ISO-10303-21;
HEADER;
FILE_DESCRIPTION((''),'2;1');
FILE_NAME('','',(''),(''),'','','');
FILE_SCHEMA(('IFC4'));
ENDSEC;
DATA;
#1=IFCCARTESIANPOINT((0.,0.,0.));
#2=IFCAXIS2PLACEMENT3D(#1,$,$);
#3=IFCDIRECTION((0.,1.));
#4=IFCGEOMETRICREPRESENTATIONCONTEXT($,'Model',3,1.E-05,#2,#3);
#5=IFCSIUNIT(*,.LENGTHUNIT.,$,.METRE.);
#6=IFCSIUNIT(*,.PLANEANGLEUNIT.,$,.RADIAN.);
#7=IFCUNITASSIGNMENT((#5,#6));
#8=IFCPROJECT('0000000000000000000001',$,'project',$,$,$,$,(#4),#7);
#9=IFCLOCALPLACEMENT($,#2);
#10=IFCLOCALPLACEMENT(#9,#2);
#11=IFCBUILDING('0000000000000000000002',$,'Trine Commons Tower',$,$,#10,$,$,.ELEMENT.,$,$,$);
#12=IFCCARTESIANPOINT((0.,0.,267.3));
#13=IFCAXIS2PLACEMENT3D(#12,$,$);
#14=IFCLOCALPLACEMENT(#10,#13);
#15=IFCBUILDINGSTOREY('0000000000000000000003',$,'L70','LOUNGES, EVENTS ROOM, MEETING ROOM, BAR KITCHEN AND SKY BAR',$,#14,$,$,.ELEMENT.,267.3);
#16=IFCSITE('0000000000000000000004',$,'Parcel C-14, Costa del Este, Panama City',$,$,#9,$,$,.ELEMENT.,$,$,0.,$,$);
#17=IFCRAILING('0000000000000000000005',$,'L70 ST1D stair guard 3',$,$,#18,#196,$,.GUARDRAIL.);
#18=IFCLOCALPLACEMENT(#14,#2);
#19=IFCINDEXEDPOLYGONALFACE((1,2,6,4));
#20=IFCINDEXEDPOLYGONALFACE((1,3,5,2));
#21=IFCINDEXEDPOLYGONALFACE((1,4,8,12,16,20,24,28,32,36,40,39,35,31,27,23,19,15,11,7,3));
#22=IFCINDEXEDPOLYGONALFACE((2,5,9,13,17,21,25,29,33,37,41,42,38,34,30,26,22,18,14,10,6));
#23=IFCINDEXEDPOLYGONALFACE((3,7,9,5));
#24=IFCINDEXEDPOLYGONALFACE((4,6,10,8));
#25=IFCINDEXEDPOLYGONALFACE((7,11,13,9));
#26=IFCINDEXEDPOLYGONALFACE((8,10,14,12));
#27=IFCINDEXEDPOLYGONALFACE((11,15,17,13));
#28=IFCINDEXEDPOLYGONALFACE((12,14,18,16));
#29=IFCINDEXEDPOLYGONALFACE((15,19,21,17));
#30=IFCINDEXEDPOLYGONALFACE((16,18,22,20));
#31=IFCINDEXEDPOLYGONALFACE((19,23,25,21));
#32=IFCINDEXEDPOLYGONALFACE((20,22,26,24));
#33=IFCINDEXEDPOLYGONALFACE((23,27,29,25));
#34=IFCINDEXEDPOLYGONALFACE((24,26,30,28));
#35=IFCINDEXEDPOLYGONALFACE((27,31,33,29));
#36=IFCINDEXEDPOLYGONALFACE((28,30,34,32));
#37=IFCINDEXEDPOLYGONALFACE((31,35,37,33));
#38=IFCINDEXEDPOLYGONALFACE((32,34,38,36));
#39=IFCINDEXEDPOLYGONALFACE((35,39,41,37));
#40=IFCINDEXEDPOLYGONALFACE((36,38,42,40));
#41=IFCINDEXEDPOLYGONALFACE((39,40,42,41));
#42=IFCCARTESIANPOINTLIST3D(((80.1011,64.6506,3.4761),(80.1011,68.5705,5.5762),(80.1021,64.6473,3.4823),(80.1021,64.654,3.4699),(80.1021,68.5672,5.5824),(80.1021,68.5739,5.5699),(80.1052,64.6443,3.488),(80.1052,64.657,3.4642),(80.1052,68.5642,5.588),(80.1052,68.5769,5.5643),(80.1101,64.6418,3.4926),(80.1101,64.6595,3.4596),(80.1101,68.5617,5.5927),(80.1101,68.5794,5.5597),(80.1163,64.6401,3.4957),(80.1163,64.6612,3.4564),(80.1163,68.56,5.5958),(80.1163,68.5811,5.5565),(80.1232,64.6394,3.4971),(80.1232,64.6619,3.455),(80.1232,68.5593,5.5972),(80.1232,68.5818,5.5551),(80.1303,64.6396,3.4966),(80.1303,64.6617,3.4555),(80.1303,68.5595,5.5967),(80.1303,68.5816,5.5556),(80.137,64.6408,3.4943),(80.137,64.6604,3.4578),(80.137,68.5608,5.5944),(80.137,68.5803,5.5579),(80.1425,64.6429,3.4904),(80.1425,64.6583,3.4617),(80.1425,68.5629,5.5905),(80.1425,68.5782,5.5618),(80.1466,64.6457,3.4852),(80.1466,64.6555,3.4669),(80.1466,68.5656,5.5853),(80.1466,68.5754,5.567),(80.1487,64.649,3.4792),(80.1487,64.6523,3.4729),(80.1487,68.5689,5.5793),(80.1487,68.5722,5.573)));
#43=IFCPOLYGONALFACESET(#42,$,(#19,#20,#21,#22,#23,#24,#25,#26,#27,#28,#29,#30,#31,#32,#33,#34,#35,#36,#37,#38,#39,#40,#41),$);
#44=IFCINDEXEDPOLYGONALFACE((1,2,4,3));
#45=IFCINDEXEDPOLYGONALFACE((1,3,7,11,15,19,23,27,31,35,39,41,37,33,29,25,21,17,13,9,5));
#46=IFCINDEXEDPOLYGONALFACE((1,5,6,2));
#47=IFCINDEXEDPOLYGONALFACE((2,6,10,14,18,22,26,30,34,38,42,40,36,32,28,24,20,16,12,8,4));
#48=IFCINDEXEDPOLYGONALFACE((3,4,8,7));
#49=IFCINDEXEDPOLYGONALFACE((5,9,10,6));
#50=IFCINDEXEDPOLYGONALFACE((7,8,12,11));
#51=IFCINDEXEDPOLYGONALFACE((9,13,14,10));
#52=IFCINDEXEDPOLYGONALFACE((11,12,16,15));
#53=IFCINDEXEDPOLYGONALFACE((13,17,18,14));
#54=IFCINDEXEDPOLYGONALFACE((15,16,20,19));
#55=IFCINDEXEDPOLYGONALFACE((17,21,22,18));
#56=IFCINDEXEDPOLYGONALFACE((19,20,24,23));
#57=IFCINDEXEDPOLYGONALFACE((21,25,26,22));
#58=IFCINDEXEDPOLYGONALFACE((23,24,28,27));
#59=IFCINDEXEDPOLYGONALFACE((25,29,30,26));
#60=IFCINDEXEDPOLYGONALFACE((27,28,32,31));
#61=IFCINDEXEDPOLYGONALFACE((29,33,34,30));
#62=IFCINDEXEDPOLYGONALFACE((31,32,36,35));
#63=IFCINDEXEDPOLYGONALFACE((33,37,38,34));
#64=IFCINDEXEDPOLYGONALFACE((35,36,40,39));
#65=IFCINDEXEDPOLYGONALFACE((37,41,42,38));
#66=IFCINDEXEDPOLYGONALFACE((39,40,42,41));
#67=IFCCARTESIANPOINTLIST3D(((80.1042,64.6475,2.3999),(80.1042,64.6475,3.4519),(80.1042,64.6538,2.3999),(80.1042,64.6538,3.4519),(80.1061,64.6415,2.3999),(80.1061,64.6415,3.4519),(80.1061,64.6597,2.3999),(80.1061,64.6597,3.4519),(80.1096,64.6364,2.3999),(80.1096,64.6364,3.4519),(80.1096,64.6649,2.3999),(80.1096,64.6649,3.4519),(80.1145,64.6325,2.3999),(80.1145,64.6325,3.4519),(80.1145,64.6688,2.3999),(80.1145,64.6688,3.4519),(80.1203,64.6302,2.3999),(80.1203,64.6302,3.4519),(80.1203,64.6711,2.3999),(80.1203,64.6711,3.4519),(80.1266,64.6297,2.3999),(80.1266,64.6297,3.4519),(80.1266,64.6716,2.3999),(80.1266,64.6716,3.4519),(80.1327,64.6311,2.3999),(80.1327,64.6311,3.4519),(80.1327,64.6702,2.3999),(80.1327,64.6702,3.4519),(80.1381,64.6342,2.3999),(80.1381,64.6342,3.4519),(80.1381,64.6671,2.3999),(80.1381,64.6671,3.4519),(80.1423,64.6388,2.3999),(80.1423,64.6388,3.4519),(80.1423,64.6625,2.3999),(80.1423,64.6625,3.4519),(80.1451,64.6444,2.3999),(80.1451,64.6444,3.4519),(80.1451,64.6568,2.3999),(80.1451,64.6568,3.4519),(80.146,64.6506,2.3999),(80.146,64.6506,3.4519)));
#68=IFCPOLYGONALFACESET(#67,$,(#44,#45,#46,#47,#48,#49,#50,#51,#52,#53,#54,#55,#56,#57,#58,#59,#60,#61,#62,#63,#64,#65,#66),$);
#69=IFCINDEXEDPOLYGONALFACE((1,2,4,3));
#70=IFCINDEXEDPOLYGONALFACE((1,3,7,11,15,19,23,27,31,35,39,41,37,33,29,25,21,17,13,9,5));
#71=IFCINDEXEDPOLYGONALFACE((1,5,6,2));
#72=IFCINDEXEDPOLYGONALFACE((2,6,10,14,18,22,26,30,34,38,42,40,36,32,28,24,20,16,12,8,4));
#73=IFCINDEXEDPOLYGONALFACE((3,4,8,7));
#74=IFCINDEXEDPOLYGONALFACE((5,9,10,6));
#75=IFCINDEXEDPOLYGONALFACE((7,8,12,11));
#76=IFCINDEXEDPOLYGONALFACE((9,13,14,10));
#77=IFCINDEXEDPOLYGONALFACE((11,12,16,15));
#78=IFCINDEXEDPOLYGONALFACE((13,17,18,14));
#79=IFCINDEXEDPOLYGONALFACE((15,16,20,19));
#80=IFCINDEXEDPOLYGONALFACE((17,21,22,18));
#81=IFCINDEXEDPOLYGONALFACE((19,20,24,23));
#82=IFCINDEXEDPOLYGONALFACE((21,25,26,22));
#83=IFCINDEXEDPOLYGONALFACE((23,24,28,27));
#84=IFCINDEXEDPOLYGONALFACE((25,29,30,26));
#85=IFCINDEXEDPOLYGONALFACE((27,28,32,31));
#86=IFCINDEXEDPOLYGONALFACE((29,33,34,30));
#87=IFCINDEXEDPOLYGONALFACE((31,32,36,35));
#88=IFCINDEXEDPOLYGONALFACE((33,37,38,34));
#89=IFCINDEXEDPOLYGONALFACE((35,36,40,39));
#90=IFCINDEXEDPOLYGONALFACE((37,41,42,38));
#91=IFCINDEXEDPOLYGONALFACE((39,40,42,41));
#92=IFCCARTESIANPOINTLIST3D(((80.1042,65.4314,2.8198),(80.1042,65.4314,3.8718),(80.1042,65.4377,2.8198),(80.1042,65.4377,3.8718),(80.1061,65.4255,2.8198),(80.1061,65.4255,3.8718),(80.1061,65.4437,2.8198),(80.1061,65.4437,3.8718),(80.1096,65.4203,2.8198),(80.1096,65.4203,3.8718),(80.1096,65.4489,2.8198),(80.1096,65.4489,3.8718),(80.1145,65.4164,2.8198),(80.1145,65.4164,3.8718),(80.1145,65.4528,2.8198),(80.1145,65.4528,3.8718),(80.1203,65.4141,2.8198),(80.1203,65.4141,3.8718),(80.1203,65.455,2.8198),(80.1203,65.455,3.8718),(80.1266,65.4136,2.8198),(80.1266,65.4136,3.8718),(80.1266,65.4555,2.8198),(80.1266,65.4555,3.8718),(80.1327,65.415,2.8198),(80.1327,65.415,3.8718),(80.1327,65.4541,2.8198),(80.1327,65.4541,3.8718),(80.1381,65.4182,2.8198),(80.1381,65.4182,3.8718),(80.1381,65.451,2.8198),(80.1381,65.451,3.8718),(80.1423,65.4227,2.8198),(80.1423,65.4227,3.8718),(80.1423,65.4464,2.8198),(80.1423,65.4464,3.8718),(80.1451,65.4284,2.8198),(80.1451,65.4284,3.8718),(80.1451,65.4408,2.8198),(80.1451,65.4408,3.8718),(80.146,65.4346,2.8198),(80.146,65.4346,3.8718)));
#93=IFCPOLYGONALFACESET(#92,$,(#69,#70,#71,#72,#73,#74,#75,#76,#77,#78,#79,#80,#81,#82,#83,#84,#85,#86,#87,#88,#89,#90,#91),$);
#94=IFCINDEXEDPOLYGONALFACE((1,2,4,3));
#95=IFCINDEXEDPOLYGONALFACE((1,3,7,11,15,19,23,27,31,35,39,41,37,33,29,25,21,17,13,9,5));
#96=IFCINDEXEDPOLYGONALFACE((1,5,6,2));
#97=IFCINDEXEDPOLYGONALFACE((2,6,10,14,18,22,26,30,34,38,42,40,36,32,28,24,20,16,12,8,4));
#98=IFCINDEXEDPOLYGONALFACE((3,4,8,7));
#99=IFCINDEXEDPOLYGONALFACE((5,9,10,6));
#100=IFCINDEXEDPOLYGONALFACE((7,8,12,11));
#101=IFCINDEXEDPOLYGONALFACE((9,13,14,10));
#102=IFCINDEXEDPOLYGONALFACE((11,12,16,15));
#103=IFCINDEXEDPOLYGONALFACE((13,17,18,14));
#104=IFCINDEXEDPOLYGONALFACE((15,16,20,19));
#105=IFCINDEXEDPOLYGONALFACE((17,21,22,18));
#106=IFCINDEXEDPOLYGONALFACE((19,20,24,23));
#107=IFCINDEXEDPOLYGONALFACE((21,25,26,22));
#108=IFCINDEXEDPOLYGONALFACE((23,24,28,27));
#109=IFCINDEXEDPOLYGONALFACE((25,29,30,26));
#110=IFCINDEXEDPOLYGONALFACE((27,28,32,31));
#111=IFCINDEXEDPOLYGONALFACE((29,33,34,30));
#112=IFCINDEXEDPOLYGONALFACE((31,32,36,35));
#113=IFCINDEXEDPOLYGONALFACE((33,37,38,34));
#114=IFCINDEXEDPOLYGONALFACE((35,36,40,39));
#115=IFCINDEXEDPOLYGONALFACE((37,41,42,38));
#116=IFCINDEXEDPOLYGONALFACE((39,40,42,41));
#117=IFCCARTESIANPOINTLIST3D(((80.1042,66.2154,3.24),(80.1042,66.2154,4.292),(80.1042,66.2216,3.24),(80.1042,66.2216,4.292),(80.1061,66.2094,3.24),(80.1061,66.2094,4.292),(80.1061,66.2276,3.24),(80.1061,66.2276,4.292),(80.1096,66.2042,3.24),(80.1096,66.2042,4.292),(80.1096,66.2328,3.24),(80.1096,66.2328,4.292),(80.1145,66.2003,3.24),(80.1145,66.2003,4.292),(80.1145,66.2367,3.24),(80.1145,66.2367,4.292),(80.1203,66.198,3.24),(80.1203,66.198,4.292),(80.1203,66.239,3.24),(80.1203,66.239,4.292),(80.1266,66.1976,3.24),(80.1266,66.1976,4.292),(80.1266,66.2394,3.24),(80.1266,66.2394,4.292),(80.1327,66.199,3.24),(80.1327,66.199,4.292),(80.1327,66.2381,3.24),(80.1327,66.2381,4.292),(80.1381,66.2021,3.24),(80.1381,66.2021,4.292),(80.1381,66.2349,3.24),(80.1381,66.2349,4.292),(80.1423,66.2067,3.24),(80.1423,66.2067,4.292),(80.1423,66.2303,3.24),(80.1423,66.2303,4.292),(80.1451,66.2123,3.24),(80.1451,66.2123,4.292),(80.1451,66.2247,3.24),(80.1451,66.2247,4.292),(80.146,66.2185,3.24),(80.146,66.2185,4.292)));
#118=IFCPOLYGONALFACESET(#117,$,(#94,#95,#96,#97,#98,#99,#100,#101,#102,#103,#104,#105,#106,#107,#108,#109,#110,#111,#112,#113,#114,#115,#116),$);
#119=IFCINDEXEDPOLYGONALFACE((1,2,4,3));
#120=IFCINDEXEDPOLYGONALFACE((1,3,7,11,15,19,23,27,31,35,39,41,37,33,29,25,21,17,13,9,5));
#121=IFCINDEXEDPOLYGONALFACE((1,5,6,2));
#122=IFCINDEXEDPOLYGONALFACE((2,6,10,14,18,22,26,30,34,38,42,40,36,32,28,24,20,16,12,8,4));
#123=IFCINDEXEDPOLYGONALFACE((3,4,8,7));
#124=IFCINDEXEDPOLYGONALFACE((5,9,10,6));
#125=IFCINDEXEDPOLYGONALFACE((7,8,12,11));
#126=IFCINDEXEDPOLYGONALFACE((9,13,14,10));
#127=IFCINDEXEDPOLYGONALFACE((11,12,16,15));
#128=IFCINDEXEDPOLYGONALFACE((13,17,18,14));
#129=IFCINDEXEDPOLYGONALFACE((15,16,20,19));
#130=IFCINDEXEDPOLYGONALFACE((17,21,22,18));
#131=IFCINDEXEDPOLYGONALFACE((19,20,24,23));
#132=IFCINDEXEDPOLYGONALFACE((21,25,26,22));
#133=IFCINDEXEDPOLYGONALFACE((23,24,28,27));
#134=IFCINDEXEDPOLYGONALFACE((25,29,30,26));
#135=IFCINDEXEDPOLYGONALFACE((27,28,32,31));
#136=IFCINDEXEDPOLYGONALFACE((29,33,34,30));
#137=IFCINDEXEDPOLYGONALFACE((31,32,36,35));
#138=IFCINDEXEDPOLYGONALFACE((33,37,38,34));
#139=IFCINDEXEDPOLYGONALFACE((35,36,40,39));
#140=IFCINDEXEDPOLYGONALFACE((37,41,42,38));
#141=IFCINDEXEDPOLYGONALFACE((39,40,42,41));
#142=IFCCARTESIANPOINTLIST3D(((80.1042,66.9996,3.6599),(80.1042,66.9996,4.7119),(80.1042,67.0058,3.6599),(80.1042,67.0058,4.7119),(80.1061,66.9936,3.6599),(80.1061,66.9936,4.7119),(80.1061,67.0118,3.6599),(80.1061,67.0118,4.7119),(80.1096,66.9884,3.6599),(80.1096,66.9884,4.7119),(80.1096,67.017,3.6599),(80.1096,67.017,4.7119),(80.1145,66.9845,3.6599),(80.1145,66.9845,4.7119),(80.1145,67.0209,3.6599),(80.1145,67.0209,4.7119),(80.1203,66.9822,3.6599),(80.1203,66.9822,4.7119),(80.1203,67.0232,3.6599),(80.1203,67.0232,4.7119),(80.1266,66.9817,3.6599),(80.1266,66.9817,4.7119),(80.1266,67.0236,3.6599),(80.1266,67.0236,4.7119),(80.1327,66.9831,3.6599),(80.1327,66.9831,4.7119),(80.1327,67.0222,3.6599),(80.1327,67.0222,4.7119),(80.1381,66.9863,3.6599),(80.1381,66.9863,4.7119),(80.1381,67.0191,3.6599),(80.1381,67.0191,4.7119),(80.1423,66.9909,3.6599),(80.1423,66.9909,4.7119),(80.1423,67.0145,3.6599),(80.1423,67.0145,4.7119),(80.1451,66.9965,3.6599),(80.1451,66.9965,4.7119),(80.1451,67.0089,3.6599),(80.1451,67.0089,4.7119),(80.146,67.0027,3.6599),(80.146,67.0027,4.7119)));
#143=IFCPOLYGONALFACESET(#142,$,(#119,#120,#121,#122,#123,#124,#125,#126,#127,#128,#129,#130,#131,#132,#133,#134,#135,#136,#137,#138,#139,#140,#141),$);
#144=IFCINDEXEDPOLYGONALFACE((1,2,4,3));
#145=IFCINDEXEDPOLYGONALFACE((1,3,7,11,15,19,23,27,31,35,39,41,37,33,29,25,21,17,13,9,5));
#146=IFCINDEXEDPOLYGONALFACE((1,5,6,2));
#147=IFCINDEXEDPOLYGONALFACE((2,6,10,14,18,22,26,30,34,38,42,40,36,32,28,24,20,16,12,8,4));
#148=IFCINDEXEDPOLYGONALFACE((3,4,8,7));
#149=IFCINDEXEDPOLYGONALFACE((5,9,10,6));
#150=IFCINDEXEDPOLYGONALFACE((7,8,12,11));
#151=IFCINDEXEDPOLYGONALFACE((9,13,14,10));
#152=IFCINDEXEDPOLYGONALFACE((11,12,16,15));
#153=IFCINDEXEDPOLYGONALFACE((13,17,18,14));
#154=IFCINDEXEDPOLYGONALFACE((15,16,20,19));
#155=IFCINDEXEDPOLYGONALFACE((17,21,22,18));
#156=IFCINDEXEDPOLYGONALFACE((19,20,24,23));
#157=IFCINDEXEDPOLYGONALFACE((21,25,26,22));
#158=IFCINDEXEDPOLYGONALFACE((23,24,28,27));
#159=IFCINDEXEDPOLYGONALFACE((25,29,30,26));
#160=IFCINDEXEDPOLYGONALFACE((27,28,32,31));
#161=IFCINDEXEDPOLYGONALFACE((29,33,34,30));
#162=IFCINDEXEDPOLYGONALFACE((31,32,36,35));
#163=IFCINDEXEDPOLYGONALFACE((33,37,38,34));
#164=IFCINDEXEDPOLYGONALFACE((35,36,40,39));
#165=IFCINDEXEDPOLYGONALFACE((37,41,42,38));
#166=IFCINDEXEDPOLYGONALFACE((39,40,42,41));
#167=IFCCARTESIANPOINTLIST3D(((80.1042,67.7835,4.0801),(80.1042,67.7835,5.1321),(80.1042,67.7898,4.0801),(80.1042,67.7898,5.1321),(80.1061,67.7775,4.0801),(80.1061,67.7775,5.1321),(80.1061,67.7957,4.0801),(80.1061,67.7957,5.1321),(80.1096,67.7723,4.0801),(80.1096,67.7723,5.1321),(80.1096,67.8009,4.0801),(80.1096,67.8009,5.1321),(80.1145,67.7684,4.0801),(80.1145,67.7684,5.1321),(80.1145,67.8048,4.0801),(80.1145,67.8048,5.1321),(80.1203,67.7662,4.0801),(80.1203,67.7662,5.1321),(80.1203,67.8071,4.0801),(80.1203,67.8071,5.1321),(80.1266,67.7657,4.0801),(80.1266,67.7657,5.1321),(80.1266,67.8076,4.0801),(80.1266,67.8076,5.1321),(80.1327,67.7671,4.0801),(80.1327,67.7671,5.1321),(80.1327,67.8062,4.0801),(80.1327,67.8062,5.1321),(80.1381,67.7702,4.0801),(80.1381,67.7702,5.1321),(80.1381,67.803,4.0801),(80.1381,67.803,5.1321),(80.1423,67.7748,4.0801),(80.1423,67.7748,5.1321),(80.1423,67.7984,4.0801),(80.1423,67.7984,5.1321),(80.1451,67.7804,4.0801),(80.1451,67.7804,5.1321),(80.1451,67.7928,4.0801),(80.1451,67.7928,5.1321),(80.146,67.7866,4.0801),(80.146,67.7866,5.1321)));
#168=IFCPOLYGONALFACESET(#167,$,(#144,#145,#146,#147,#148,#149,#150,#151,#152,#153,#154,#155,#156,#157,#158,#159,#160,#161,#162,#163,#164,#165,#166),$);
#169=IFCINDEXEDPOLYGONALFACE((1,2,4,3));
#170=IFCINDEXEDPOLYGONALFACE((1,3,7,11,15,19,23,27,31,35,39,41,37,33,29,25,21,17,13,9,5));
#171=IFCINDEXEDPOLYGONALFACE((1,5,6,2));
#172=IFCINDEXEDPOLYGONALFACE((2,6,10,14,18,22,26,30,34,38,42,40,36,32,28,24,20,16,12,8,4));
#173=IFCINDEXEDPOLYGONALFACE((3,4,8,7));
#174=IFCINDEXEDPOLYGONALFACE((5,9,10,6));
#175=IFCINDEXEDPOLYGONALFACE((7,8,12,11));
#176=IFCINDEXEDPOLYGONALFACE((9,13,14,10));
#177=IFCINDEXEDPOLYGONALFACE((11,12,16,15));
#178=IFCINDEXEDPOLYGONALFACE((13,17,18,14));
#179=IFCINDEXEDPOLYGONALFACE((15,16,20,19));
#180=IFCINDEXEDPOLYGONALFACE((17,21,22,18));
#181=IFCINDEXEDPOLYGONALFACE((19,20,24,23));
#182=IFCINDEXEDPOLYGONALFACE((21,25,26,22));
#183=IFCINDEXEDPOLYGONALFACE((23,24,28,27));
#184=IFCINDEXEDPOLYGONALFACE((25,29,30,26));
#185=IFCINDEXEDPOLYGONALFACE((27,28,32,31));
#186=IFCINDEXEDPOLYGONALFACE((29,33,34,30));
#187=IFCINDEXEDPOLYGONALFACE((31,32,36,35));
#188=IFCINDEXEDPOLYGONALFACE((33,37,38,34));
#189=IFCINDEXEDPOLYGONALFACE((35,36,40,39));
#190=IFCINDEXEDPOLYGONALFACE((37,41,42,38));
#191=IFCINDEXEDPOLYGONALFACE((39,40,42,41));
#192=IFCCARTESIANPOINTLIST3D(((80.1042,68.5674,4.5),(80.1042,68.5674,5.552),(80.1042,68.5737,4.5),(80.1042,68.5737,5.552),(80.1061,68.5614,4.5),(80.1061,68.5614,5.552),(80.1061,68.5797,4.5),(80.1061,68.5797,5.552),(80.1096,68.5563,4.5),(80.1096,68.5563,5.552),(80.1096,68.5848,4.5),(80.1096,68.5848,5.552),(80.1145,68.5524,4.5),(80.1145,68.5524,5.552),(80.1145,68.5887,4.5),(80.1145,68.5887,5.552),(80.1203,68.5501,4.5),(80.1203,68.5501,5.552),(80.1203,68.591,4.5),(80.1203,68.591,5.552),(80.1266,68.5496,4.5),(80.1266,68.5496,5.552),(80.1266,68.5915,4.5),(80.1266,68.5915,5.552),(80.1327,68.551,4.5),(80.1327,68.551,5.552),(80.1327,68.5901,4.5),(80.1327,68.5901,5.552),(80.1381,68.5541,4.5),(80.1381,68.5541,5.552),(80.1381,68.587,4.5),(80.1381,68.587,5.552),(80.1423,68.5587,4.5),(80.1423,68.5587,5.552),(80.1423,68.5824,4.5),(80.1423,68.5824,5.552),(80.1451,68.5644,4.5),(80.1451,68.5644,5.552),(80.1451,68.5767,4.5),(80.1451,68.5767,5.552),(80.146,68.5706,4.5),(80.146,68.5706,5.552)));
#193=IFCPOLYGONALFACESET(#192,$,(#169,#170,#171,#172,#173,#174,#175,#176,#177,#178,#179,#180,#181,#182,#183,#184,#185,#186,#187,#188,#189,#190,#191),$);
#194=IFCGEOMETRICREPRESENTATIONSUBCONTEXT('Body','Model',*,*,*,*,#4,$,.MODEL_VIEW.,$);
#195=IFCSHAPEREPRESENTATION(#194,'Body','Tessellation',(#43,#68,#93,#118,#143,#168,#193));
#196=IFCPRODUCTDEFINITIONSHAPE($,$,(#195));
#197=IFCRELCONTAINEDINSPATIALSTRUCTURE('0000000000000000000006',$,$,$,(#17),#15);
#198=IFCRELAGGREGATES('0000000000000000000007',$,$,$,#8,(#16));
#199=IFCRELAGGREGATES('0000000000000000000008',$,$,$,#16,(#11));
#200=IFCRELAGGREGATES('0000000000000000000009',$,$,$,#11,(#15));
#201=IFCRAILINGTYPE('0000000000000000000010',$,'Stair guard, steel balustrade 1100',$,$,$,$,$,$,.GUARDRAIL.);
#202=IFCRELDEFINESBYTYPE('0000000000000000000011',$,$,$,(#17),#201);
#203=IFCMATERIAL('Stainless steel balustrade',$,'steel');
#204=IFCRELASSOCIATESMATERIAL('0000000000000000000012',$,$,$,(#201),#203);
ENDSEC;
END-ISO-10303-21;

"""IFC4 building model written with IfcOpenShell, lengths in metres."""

from ifc_helpers import new_model, si_unit, direction, frame, origin, origin_2d, place, context, subcontext, project, spatial, circle, extrude, material, type_object, element, save


model = new_model("IFC4")

# Units and contexts
model_context = context("Model", 3, precision=1e-05, world=origin(), true_north=direction((0.0, 1.0)))
body_context = subcontext(model_context, "Body", "Model", "MODEL_VIEW")
ifc_project = project(units=[si_unit("LENGTHUNIT", "METRE"), si_unit("PLANEANGLEUNIT", "RADIAN")], contexts=[model_context])

# Site, building, storey
site_placement = place(None, origin())
site = spatial("IfcSite", under=ifc_project, at=site_placement, Name="Parcel C-14, Costa del Este, Panama City", CompositionType="ELEMENT", RefElevation=0.0)
building_placement = place(site_placement, origin())
building = spatial("IfcBuilding", under=site, at=building_placement, Name="Trine Commons Tower", CompositionType="ELEMENT")
storey_placement = place(building_placement, frame((0.0, 0.0, 267.3)))
storey = spatial("IfcBuildingStorey", under=building, at=storey_placement, Name="L70", Description="LOUNGES, EVENTS ROOM, MEETING ROOM, BAR KITCHEN AND SKY BAR", CompositionType="ELEMENT", Elevation=267.3)

# Railing
ifc_material_1 = material(Name="Stainless steel balustrade", Category="steel")
railing_type_1 = type_object("IfcRailingType", Name="Stair guard, steel balustrade 1100", PredefinedType="GUARDRAIL", material=ifc_material_1)
railing_1_placement = place(storey_placement, frame((80.125, 64.6506, 2.3999)))
element("IfcRailing", 1, at=railing_1_placement, inside=storey, type_object=railing_type_1, Name="L70 ST1D stair guard 3", PredefinedType="GUARDRAIL", context=body_context, shape_type="SweptSolid", body=[
    extrude(circle(Radius=0.0239, at=origin_2d()), frame((0.0, 0.0, 1.0762), z_axis=(0.0, 0.881467, 0.472246), x_axis=(-1.0, 0.0, 0.0)), (0.0, 0.0, 1.0), 4.447),
    extrude(circle(Radius=0.021, at=origin_2d()), origin(), (0.0, 0.0, 1.0), 1.052),
    extrude(circle(Radius=0.021, at=origin_2d()), frame((0.0, 0.7839, 0.4199)), (0.0, 0.0, 1.0), 1.052),
    extrude(circle(Radius=0.021, at=origin_2d()), frame((0.0, 1.5679, 0.8401)), (0.0, 0.0, 1.0), 1.052),
    extrude(circle(Radius=0.021, at=origin_2d()), frame((0.0, 2.3521, 1.26)), (0.0, 0.0, 1.0), 1.052),
    extrude(circle(Radius=0.021, at=origin_2d()), frame((0.0, 3.136, 1.6802)), (0.0, 0.0, 1.0), 1.052),
    extrude(circle(Radius=0.021, at=origin_2d()), frame((0.0, 3.9199, 2.1001)), (0.0, 0.0, 1.0), 1.052),
])

save(model, "model.ifc")
